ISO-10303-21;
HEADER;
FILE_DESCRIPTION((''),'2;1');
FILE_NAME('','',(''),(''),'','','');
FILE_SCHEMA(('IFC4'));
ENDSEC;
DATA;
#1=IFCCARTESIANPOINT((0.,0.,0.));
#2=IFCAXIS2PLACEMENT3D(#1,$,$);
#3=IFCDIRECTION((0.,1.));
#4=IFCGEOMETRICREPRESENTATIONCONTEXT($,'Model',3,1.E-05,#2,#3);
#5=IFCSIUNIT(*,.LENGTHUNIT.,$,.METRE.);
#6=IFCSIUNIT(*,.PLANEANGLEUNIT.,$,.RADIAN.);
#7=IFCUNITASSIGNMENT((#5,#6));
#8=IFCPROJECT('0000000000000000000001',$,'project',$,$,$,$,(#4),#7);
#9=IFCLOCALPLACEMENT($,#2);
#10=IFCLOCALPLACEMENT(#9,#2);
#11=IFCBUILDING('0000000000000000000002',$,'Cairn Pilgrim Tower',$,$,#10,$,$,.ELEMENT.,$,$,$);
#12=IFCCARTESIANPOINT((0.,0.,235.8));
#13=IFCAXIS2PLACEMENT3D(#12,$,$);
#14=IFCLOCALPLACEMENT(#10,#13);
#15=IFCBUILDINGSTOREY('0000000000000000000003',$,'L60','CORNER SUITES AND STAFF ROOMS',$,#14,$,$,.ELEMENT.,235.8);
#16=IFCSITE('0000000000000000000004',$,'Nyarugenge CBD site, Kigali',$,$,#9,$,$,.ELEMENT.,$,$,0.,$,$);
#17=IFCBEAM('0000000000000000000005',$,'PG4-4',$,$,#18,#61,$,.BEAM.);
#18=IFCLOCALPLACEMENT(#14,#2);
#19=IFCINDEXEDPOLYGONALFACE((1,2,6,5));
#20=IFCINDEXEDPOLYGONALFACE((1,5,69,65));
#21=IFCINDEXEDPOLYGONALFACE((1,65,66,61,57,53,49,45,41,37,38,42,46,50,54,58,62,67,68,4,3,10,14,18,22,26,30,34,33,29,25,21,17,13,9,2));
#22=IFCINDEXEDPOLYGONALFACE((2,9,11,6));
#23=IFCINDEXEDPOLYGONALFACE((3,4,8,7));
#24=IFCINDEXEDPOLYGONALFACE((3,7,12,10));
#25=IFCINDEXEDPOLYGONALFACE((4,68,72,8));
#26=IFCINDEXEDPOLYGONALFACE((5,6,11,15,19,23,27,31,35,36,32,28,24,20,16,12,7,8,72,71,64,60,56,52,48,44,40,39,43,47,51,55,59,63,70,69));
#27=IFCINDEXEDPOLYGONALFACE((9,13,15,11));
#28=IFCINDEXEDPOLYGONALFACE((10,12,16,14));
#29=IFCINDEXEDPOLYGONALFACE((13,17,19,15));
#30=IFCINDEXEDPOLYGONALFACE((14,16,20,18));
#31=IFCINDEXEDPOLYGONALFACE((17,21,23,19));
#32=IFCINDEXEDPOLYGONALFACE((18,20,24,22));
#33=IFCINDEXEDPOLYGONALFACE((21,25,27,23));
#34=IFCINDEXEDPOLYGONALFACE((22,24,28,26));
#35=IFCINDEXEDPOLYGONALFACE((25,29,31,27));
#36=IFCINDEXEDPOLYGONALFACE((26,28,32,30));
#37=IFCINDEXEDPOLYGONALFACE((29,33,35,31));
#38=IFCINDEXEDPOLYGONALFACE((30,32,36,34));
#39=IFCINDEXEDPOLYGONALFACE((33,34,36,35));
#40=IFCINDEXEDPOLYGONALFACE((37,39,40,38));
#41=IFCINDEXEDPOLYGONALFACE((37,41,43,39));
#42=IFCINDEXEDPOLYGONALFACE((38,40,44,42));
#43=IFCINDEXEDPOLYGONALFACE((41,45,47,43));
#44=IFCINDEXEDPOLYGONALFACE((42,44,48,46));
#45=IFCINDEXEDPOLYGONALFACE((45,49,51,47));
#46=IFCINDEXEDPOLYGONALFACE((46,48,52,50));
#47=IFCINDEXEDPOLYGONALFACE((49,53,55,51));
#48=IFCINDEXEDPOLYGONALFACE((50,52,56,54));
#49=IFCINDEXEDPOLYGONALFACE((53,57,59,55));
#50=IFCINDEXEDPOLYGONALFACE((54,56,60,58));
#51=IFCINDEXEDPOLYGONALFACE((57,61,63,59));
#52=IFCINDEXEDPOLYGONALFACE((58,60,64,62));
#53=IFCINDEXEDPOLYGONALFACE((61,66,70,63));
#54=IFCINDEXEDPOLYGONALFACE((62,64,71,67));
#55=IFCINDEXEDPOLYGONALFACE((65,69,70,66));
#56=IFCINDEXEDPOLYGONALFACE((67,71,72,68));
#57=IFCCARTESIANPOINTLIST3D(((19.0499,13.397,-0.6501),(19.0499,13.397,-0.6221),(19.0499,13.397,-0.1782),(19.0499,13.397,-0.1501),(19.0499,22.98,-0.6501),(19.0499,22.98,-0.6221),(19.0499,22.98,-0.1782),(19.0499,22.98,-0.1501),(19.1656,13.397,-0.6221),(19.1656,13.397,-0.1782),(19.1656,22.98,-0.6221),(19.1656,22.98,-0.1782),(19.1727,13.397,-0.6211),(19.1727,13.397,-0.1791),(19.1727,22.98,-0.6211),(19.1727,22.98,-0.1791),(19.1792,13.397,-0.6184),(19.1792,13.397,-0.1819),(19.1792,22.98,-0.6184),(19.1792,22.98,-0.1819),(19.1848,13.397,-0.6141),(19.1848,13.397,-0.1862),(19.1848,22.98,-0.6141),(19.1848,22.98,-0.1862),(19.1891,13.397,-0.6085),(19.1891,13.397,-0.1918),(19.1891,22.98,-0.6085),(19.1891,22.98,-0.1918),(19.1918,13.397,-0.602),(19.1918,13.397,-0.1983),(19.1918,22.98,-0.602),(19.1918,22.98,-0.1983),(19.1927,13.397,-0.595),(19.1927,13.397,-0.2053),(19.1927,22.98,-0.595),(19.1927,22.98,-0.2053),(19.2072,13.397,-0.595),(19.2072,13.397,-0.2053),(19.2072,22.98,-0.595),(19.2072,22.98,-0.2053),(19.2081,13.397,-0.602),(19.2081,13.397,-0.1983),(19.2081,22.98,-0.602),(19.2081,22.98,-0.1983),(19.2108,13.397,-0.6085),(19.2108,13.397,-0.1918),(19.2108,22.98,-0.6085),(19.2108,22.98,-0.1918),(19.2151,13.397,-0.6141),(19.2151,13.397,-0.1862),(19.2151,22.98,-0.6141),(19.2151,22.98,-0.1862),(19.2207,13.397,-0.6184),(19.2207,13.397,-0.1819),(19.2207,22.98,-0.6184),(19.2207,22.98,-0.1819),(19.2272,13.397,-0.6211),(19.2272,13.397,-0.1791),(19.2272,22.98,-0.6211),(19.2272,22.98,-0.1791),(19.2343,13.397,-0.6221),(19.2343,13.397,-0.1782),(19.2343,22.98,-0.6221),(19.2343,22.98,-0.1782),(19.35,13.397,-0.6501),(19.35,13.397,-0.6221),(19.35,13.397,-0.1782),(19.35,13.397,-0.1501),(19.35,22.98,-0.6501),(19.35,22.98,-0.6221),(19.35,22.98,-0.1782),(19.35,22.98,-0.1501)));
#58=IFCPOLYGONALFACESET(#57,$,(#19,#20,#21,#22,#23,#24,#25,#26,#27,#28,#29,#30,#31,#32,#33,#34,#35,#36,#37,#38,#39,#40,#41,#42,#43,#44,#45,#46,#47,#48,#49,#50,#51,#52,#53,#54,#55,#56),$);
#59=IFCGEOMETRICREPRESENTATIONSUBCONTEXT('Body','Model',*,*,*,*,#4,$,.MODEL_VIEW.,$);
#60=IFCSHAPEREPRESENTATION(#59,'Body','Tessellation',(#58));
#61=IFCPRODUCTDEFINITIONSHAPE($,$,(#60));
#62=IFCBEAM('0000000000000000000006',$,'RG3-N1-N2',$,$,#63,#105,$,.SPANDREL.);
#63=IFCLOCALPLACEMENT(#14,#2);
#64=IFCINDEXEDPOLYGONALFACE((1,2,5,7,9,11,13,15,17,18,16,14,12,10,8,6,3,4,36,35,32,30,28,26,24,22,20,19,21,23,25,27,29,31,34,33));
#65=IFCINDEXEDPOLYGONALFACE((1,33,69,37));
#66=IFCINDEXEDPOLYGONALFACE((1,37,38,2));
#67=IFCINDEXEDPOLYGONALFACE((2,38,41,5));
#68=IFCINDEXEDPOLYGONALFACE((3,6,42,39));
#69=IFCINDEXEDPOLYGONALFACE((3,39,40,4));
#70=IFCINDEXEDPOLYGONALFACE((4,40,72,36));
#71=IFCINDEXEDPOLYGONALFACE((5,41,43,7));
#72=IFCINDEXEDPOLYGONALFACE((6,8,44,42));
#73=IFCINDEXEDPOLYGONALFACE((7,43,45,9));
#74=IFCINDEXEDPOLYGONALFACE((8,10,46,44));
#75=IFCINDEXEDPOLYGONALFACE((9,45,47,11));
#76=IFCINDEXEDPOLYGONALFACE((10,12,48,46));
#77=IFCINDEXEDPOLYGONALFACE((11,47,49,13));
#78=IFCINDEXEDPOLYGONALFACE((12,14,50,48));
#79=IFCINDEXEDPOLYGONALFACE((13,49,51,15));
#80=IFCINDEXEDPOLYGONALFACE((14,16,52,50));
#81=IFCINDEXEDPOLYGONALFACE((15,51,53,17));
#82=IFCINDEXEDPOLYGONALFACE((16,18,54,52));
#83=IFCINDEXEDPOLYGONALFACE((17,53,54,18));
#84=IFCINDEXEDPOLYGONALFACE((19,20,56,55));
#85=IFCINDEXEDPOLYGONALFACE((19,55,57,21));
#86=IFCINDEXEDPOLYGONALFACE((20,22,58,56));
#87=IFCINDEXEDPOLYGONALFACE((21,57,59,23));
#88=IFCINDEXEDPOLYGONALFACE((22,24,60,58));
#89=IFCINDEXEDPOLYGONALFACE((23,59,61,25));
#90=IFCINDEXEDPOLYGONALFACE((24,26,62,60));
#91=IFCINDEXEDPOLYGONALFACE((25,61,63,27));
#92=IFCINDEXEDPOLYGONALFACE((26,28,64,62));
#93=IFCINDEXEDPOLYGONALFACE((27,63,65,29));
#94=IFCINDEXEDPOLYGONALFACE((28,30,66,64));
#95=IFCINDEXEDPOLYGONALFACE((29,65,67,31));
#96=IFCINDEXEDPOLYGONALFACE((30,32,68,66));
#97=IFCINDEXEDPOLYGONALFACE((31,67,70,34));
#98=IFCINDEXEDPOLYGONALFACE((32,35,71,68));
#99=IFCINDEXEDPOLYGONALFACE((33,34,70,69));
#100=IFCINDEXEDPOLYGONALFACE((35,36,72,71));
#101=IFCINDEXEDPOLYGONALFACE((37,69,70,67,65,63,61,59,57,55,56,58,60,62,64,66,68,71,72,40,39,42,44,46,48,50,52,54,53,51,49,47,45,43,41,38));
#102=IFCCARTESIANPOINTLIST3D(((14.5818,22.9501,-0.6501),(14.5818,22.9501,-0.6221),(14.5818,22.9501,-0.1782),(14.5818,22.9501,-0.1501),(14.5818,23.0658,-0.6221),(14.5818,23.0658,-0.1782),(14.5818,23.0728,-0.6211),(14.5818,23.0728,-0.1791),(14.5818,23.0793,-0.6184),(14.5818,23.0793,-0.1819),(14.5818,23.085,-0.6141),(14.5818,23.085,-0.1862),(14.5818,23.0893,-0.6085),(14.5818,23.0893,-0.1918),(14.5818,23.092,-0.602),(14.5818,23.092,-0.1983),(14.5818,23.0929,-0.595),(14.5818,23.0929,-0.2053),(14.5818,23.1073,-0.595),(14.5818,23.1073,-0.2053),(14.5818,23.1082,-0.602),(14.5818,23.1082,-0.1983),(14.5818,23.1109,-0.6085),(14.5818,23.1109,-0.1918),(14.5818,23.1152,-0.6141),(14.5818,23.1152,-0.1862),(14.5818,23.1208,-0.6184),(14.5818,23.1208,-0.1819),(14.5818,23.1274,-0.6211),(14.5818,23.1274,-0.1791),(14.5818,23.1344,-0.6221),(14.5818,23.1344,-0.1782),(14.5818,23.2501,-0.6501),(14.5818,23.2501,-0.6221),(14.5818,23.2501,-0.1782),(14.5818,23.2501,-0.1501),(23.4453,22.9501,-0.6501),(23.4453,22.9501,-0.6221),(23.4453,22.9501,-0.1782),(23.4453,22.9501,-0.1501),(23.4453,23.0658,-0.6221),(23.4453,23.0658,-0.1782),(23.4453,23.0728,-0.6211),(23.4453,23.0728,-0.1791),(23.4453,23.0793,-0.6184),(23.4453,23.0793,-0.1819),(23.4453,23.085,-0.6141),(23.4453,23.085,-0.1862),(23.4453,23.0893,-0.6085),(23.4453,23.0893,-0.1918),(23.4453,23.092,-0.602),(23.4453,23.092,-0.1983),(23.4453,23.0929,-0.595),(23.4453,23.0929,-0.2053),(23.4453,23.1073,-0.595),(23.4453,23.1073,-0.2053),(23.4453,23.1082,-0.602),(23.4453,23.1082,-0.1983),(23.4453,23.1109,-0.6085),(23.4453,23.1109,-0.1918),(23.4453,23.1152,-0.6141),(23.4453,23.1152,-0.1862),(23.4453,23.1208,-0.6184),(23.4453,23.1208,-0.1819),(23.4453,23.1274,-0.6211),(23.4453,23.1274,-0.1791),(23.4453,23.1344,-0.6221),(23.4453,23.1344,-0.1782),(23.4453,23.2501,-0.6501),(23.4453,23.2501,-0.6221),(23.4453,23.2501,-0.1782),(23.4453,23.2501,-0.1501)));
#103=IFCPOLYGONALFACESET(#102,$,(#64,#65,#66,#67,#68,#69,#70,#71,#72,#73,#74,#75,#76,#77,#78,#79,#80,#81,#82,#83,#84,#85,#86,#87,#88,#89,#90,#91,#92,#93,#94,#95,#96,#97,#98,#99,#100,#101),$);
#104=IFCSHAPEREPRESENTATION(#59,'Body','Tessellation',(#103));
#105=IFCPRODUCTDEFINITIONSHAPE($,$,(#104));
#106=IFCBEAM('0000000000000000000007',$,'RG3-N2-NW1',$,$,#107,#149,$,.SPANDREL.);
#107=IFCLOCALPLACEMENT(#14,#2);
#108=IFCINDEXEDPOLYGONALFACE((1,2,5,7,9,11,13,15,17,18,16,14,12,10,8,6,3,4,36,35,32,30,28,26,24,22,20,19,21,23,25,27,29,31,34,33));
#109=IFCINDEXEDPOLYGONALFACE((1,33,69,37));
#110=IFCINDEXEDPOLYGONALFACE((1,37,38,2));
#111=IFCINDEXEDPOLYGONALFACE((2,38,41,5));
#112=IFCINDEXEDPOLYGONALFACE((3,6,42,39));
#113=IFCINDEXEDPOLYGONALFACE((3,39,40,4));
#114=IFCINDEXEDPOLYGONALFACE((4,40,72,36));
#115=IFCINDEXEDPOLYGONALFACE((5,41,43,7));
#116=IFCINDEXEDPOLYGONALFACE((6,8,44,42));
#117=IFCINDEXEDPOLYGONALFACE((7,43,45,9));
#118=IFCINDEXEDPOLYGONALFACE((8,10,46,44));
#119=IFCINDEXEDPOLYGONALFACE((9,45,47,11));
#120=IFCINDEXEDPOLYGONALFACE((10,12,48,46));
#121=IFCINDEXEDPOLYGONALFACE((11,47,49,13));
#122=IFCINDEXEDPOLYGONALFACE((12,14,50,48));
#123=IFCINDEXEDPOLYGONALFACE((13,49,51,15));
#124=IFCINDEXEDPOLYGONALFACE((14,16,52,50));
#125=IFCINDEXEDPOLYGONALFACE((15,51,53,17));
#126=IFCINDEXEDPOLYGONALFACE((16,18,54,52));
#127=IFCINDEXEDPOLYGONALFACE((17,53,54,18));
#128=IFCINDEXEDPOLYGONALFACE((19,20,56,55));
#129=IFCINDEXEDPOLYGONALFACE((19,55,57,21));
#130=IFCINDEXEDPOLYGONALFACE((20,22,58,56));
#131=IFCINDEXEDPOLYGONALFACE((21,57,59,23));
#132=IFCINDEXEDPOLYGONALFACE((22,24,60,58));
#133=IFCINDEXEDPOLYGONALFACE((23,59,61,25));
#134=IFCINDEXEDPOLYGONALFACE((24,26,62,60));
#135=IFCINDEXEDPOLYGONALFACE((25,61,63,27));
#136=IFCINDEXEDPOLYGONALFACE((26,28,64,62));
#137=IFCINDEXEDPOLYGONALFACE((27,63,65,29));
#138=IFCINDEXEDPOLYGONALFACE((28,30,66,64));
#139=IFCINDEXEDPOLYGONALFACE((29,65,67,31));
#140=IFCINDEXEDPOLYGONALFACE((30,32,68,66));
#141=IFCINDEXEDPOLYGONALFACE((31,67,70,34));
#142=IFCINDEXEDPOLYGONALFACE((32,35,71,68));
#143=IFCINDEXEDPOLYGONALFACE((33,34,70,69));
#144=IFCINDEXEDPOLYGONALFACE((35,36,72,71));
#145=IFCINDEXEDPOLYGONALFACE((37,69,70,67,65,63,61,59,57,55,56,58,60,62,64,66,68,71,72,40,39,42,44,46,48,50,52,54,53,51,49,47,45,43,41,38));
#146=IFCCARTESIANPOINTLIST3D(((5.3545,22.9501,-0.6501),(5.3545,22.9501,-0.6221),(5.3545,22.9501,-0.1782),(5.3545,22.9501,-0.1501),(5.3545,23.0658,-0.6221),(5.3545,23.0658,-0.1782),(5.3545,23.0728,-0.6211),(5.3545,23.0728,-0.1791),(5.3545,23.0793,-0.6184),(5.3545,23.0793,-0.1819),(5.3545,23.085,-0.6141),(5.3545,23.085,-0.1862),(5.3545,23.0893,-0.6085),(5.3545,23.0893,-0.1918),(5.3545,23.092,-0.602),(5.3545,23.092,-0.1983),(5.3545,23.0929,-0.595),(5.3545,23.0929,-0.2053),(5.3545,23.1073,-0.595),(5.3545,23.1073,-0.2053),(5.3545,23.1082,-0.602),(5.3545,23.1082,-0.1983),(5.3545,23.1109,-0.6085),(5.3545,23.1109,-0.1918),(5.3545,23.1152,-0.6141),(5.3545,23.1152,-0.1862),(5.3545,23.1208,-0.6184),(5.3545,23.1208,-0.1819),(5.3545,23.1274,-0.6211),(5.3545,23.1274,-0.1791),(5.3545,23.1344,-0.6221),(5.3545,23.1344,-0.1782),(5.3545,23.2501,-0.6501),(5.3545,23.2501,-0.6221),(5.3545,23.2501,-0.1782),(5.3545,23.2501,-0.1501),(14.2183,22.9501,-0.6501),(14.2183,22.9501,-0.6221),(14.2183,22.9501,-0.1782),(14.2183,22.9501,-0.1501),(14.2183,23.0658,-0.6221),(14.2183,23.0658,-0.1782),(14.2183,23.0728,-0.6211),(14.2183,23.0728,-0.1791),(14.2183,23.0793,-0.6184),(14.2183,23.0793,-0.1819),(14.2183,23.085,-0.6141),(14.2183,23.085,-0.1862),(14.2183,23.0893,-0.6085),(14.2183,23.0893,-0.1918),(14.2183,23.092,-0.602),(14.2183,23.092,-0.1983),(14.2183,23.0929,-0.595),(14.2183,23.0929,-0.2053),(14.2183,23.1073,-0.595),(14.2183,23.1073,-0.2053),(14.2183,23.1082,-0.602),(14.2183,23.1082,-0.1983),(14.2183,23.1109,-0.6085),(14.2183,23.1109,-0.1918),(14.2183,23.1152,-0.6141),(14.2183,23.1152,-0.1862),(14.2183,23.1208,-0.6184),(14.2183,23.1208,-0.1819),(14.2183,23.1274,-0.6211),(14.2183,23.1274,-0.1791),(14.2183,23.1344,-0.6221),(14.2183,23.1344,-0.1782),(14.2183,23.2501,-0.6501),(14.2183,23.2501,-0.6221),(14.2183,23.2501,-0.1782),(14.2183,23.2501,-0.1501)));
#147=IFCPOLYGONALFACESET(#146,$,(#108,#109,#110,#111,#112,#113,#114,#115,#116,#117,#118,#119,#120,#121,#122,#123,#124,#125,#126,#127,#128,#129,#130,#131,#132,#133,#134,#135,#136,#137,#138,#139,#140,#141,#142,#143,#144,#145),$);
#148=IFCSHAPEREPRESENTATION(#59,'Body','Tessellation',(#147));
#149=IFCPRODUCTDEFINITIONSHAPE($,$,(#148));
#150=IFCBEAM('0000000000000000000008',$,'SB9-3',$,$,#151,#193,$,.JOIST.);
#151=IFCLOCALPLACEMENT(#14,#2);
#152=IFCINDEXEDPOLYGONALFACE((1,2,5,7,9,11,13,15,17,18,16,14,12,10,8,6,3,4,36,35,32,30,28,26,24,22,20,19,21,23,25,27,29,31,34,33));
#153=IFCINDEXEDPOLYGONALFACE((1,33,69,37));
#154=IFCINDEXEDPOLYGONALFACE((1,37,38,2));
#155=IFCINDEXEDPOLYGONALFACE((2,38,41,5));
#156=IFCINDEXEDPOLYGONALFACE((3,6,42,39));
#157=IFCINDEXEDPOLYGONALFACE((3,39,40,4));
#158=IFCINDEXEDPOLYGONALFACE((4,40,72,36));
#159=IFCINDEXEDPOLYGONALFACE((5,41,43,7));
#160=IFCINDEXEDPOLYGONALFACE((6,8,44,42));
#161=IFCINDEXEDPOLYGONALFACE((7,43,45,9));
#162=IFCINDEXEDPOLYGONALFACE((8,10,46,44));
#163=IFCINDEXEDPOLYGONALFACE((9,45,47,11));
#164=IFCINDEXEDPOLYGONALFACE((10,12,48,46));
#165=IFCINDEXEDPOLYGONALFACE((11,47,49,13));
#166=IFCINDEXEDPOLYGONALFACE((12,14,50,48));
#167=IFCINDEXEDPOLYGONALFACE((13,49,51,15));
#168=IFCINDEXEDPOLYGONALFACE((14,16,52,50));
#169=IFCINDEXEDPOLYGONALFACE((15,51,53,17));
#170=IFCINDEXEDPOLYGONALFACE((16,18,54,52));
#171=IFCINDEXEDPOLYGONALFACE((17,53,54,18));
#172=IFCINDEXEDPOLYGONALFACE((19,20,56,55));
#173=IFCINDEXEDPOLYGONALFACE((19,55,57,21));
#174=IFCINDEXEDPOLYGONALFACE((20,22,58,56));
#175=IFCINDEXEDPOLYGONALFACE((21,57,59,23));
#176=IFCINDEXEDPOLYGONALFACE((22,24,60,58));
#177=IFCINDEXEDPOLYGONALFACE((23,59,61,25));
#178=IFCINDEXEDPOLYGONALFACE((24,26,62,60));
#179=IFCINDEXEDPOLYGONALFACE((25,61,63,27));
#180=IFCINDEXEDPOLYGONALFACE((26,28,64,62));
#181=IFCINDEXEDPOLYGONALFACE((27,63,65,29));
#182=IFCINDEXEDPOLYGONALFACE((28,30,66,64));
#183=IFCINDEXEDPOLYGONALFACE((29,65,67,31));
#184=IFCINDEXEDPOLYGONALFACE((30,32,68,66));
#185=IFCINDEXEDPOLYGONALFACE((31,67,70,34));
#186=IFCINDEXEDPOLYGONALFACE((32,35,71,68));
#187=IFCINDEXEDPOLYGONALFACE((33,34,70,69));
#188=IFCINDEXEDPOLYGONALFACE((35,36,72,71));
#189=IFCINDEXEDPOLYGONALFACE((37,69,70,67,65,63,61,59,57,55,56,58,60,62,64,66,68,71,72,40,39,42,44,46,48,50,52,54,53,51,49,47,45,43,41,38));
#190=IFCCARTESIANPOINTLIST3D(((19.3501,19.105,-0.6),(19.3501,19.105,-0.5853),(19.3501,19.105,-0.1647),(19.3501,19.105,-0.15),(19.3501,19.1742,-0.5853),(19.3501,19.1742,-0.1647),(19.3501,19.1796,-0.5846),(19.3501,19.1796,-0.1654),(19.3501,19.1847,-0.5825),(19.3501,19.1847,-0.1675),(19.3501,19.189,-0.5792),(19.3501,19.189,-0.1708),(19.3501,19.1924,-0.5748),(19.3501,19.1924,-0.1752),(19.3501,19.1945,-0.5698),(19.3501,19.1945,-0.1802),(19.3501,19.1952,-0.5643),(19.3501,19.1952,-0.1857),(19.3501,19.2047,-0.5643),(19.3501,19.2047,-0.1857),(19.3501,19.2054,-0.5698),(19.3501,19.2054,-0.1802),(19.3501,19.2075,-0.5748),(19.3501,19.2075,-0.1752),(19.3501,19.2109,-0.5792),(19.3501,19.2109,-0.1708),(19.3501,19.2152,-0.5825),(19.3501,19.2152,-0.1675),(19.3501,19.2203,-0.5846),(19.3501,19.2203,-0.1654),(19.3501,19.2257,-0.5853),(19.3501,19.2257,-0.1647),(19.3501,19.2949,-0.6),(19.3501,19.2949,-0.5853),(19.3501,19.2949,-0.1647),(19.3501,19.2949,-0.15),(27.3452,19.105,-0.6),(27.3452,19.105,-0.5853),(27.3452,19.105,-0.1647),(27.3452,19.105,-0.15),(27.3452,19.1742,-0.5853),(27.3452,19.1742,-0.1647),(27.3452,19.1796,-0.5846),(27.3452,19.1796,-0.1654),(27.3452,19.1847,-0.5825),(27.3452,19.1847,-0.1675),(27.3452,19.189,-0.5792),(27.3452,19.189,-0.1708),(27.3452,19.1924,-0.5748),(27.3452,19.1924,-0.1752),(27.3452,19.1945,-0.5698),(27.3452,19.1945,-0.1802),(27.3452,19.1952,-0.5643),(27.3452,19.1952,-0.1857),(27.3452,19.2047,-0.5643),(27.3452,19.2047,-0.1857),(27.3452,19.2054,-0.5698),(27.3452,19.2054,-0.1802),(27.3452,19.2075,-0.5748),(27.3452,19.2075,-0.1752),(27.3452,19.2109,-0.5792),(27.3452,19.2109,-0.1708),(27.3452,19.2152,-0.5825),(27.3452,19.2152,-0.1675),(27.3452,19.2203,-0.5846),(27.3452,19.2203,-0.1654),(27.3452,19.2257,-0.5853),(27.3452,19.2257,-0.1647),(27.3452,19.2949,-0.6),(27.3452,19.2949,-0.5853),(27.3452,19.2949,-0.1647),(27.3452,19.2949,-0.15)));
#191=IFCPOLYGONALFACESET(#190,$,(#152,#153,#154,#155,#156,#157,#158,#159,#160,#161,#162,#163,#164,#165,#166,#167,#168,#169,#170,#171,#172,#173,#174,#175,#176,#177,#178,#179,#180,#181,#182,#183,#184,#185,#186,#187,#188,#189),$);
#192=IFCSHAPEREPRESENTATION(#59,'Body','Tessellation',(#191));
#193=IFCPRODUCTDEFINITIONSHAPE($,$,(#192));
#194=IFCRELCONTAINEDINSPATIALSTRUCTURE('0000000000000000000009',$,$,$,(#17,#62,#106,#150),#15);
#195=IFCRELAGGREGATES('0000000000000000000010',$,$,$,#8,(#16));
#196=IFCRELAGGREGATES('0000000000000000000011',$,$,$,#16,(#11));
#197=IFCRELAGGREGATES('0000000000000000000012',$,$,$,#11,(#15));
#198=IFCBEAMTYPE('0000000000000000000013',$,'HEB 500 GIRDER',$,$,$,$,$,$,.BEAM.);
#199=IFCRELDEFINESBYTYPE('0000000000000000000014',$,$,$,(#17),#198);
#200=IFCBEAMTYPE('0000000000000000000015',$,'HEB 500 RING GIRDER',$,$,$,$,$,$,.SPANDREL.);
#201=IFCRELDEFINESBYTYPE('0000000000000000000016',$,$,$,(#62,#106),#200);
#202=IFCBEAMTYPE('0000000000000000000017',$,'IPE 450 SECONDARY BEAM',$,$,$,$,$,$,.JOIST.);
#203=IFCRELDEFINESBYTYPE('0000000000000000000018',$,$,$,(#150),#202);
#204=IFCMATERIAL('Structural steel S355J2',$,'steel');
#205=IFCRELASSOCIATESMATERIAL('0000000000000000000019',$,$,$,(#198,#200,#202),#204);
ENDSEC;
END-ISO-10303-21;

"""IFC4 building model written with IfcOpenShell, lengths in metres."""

from ifc_helpers import new_model, si_unit, direction, frame, origin, origin_2d, place, context, subcontext, project, spatial, i_section, extrude, material, material_profile, profile_set, type_object, element, save


model = new_model("IFC4")

# Units and contexts
model_context = context("Model", 3, precision=1e-05, world=origin(), true_north=direction((0.0, 1.0)))
body_context = subcontext(model_context, "Body", "Model", "MODEL_VIEW")
ifc_project = project(units=[si_unit("LENGTHUNIT", "METRE"), si_unit("PLANEANGLEUNIT", "RADIAN")], contexts=[model_context])

# Site, building, storey
site_placement = place(None, origin())
site = spatial("IfcSite", under=ifc_project, at=site_placement, Name="Nyarugenge CBD site, Kigali", CompositionType="ELEMENT", RefElevation=0.0)
building_placement = place(site_placement, origin())
building = spatial("IfcBuilding", under=site, at=building_placement, Name="Cairn Pilgrim Tower", CompositionType="ELEMENT")
storey_placement = place(building_placement, frame((0.0, 0.0, 235.8)))
storey = spatial("IfcBuildingStorey", under=building, at=storey_placement, Name="L60", Description="CORNER SUITES AND STAFF ROOMS", CompositionType="ELEMENT", Elevation=235.8)

# Shared definitions
ifc_material_1 = material(Name="Structural steel S355J2", Category="steel")

# Beams
ifc_material_profile_1 = material_profile(ifc_material_1, i_section(OverallWidth=0.3, OverallDepth=0.5, WebThickness=0.0144, FlangeThickness=0.0281, FilletRadius=0.0271, at=origin_2d()), Name="HEB 500")
ifc_profile_set_1 = profile_set([ifc_material_profile_1], Name="Structural steel S355J2")
beam_type_1 = type_object("IfcBeamType", Name="HEB 500 GIRDER", PredefinedType="BEAM", material=ifc_profile_set_1)
beam_1_placement = place(storey_placement, frame((19.2, 13.397, -0.4001), z_axis=(0.0, 1.0, 0.0), x_axis=(-1.0, 0.0, 0.0)))
element("IfcBeam", 1, at=beam_1_placement, inside=storey, type_object=beam_type_1, Name="PG4-4", PredefinedType="BEAM", context=body_context, shape_type="SweptSolid", body=[
    extrude(i_section(OverallWidth=0.3, OverallDepth=0.5, WebThickness=0.0144, FlangeThickness=0.0281, FilletRadius=0.0271, at=origin_2d()), origin(), (0.0, 0.0, 1.0), 9.583),
])
ifc_material_profile_2 = material_profile(ifc_material_1, i_section(OverallWidth=0.3, OverallDepth=0.5, WebThickness=0.0144, FlangeThickness=0.0281, FilletRadius=0.0271, at=origin_2d()), Name="HEB 500")
ifc_profile_set_2 = profile_set([ifc_material_profile_2], Name="Structural steel S355J2")
beam_type_2 = type_object("IfcBeamType", Name="HEB 500 RING GIRDER", PredefinedType="SPANDREL", material=ifc_profile_set_2)
beam_2_placement = place(storey_placement, frame((23.4453, 23.1001, -0.4001), z_axis=(-1.0, 0.0, 0.0), x_axis=(0.0, -1.0, 0.0)))
element("IfcBeam", 2, at=beam_2_placement, inside=storey, type_object=beam_type_2, Name="RG3-N1-N2", PredefinedType="SPANDREL", context=body_context, shape_type="SweptSolid", body=[
    extrude(i_section(OverallWidth=0.3, OverallDepth=0.5, WebThickness=0.0144, FlangeThickness=0.0281, FilletRadius=0.0271, at=origin_2d()), origin(), (0.0, 0.0, 1.0), 8.8635),
])
beam_3_placement = place(storey_placement, frame((14.2183, 23.1001, -0.4001), z_axis=(-1.0, 0.0, 0.0), x_axis=(0.0, -1.0, 0.0)))
element("IfcBeam", 3, at=beam_3_placement, inside=storey, type_object=beam_type_2, Name="RG3-N2-NW1", PredefinedType="SPANDREL", context=body_context, shape_type="SweptSolid", body=[
    extrude(i_section(OverallWidth=0.3, OverallDepth=0.5, WebThickness=0.0144, FlangeThickness=0.0281, FilletRadius=0.0271, at=origin_2d()), origin(), (0.0, 0.0, 1.0), 8.8638),
])
ifc_material_profile_3 = material_profile(ifc_material_1, i_section(OverallWidth=0.1899, OverallDepth=0.45, WebThickness=0.0095, FlangeThickness=0.0146, FilletRadius=0.021, at=origin_2d()), Name="IPE 450")
ifc_profile_set_3 = profile_set([ifc_material_profile_3], Name="Structural steel S355J2")
beam_type_3 = type_object("IfcBeamType", Name="IPE 450 SECONDARY BEAM", PredefinedType="JOIST", material=ifc_profile_set_3)
beam_4_placement = place(storey_placement, frame((19.3501, 19.2, -0.375), z_axis=(1.0, 0.0, 0.0), x_axis=(0.0, 1.0, 0.0)))
element("IfcBeam", 4, at=beam_4_placement, inside=storey, type_object=beam_type_3, Name="SB9-3", PredefinedType="JOIST", context=body_context, shape_type="SweptSolid", body=[
    extrude(i_section(OverallWidth=0.1899, OverallDepth=0.45, WebThickness=0.0095, FlangeThickness=0.0146, FilletRadius=0.021, at=origin_2d()), origin(), (0.0, 0.0, 1.0), 7.9951),
])

save(model, "model.ifc")
